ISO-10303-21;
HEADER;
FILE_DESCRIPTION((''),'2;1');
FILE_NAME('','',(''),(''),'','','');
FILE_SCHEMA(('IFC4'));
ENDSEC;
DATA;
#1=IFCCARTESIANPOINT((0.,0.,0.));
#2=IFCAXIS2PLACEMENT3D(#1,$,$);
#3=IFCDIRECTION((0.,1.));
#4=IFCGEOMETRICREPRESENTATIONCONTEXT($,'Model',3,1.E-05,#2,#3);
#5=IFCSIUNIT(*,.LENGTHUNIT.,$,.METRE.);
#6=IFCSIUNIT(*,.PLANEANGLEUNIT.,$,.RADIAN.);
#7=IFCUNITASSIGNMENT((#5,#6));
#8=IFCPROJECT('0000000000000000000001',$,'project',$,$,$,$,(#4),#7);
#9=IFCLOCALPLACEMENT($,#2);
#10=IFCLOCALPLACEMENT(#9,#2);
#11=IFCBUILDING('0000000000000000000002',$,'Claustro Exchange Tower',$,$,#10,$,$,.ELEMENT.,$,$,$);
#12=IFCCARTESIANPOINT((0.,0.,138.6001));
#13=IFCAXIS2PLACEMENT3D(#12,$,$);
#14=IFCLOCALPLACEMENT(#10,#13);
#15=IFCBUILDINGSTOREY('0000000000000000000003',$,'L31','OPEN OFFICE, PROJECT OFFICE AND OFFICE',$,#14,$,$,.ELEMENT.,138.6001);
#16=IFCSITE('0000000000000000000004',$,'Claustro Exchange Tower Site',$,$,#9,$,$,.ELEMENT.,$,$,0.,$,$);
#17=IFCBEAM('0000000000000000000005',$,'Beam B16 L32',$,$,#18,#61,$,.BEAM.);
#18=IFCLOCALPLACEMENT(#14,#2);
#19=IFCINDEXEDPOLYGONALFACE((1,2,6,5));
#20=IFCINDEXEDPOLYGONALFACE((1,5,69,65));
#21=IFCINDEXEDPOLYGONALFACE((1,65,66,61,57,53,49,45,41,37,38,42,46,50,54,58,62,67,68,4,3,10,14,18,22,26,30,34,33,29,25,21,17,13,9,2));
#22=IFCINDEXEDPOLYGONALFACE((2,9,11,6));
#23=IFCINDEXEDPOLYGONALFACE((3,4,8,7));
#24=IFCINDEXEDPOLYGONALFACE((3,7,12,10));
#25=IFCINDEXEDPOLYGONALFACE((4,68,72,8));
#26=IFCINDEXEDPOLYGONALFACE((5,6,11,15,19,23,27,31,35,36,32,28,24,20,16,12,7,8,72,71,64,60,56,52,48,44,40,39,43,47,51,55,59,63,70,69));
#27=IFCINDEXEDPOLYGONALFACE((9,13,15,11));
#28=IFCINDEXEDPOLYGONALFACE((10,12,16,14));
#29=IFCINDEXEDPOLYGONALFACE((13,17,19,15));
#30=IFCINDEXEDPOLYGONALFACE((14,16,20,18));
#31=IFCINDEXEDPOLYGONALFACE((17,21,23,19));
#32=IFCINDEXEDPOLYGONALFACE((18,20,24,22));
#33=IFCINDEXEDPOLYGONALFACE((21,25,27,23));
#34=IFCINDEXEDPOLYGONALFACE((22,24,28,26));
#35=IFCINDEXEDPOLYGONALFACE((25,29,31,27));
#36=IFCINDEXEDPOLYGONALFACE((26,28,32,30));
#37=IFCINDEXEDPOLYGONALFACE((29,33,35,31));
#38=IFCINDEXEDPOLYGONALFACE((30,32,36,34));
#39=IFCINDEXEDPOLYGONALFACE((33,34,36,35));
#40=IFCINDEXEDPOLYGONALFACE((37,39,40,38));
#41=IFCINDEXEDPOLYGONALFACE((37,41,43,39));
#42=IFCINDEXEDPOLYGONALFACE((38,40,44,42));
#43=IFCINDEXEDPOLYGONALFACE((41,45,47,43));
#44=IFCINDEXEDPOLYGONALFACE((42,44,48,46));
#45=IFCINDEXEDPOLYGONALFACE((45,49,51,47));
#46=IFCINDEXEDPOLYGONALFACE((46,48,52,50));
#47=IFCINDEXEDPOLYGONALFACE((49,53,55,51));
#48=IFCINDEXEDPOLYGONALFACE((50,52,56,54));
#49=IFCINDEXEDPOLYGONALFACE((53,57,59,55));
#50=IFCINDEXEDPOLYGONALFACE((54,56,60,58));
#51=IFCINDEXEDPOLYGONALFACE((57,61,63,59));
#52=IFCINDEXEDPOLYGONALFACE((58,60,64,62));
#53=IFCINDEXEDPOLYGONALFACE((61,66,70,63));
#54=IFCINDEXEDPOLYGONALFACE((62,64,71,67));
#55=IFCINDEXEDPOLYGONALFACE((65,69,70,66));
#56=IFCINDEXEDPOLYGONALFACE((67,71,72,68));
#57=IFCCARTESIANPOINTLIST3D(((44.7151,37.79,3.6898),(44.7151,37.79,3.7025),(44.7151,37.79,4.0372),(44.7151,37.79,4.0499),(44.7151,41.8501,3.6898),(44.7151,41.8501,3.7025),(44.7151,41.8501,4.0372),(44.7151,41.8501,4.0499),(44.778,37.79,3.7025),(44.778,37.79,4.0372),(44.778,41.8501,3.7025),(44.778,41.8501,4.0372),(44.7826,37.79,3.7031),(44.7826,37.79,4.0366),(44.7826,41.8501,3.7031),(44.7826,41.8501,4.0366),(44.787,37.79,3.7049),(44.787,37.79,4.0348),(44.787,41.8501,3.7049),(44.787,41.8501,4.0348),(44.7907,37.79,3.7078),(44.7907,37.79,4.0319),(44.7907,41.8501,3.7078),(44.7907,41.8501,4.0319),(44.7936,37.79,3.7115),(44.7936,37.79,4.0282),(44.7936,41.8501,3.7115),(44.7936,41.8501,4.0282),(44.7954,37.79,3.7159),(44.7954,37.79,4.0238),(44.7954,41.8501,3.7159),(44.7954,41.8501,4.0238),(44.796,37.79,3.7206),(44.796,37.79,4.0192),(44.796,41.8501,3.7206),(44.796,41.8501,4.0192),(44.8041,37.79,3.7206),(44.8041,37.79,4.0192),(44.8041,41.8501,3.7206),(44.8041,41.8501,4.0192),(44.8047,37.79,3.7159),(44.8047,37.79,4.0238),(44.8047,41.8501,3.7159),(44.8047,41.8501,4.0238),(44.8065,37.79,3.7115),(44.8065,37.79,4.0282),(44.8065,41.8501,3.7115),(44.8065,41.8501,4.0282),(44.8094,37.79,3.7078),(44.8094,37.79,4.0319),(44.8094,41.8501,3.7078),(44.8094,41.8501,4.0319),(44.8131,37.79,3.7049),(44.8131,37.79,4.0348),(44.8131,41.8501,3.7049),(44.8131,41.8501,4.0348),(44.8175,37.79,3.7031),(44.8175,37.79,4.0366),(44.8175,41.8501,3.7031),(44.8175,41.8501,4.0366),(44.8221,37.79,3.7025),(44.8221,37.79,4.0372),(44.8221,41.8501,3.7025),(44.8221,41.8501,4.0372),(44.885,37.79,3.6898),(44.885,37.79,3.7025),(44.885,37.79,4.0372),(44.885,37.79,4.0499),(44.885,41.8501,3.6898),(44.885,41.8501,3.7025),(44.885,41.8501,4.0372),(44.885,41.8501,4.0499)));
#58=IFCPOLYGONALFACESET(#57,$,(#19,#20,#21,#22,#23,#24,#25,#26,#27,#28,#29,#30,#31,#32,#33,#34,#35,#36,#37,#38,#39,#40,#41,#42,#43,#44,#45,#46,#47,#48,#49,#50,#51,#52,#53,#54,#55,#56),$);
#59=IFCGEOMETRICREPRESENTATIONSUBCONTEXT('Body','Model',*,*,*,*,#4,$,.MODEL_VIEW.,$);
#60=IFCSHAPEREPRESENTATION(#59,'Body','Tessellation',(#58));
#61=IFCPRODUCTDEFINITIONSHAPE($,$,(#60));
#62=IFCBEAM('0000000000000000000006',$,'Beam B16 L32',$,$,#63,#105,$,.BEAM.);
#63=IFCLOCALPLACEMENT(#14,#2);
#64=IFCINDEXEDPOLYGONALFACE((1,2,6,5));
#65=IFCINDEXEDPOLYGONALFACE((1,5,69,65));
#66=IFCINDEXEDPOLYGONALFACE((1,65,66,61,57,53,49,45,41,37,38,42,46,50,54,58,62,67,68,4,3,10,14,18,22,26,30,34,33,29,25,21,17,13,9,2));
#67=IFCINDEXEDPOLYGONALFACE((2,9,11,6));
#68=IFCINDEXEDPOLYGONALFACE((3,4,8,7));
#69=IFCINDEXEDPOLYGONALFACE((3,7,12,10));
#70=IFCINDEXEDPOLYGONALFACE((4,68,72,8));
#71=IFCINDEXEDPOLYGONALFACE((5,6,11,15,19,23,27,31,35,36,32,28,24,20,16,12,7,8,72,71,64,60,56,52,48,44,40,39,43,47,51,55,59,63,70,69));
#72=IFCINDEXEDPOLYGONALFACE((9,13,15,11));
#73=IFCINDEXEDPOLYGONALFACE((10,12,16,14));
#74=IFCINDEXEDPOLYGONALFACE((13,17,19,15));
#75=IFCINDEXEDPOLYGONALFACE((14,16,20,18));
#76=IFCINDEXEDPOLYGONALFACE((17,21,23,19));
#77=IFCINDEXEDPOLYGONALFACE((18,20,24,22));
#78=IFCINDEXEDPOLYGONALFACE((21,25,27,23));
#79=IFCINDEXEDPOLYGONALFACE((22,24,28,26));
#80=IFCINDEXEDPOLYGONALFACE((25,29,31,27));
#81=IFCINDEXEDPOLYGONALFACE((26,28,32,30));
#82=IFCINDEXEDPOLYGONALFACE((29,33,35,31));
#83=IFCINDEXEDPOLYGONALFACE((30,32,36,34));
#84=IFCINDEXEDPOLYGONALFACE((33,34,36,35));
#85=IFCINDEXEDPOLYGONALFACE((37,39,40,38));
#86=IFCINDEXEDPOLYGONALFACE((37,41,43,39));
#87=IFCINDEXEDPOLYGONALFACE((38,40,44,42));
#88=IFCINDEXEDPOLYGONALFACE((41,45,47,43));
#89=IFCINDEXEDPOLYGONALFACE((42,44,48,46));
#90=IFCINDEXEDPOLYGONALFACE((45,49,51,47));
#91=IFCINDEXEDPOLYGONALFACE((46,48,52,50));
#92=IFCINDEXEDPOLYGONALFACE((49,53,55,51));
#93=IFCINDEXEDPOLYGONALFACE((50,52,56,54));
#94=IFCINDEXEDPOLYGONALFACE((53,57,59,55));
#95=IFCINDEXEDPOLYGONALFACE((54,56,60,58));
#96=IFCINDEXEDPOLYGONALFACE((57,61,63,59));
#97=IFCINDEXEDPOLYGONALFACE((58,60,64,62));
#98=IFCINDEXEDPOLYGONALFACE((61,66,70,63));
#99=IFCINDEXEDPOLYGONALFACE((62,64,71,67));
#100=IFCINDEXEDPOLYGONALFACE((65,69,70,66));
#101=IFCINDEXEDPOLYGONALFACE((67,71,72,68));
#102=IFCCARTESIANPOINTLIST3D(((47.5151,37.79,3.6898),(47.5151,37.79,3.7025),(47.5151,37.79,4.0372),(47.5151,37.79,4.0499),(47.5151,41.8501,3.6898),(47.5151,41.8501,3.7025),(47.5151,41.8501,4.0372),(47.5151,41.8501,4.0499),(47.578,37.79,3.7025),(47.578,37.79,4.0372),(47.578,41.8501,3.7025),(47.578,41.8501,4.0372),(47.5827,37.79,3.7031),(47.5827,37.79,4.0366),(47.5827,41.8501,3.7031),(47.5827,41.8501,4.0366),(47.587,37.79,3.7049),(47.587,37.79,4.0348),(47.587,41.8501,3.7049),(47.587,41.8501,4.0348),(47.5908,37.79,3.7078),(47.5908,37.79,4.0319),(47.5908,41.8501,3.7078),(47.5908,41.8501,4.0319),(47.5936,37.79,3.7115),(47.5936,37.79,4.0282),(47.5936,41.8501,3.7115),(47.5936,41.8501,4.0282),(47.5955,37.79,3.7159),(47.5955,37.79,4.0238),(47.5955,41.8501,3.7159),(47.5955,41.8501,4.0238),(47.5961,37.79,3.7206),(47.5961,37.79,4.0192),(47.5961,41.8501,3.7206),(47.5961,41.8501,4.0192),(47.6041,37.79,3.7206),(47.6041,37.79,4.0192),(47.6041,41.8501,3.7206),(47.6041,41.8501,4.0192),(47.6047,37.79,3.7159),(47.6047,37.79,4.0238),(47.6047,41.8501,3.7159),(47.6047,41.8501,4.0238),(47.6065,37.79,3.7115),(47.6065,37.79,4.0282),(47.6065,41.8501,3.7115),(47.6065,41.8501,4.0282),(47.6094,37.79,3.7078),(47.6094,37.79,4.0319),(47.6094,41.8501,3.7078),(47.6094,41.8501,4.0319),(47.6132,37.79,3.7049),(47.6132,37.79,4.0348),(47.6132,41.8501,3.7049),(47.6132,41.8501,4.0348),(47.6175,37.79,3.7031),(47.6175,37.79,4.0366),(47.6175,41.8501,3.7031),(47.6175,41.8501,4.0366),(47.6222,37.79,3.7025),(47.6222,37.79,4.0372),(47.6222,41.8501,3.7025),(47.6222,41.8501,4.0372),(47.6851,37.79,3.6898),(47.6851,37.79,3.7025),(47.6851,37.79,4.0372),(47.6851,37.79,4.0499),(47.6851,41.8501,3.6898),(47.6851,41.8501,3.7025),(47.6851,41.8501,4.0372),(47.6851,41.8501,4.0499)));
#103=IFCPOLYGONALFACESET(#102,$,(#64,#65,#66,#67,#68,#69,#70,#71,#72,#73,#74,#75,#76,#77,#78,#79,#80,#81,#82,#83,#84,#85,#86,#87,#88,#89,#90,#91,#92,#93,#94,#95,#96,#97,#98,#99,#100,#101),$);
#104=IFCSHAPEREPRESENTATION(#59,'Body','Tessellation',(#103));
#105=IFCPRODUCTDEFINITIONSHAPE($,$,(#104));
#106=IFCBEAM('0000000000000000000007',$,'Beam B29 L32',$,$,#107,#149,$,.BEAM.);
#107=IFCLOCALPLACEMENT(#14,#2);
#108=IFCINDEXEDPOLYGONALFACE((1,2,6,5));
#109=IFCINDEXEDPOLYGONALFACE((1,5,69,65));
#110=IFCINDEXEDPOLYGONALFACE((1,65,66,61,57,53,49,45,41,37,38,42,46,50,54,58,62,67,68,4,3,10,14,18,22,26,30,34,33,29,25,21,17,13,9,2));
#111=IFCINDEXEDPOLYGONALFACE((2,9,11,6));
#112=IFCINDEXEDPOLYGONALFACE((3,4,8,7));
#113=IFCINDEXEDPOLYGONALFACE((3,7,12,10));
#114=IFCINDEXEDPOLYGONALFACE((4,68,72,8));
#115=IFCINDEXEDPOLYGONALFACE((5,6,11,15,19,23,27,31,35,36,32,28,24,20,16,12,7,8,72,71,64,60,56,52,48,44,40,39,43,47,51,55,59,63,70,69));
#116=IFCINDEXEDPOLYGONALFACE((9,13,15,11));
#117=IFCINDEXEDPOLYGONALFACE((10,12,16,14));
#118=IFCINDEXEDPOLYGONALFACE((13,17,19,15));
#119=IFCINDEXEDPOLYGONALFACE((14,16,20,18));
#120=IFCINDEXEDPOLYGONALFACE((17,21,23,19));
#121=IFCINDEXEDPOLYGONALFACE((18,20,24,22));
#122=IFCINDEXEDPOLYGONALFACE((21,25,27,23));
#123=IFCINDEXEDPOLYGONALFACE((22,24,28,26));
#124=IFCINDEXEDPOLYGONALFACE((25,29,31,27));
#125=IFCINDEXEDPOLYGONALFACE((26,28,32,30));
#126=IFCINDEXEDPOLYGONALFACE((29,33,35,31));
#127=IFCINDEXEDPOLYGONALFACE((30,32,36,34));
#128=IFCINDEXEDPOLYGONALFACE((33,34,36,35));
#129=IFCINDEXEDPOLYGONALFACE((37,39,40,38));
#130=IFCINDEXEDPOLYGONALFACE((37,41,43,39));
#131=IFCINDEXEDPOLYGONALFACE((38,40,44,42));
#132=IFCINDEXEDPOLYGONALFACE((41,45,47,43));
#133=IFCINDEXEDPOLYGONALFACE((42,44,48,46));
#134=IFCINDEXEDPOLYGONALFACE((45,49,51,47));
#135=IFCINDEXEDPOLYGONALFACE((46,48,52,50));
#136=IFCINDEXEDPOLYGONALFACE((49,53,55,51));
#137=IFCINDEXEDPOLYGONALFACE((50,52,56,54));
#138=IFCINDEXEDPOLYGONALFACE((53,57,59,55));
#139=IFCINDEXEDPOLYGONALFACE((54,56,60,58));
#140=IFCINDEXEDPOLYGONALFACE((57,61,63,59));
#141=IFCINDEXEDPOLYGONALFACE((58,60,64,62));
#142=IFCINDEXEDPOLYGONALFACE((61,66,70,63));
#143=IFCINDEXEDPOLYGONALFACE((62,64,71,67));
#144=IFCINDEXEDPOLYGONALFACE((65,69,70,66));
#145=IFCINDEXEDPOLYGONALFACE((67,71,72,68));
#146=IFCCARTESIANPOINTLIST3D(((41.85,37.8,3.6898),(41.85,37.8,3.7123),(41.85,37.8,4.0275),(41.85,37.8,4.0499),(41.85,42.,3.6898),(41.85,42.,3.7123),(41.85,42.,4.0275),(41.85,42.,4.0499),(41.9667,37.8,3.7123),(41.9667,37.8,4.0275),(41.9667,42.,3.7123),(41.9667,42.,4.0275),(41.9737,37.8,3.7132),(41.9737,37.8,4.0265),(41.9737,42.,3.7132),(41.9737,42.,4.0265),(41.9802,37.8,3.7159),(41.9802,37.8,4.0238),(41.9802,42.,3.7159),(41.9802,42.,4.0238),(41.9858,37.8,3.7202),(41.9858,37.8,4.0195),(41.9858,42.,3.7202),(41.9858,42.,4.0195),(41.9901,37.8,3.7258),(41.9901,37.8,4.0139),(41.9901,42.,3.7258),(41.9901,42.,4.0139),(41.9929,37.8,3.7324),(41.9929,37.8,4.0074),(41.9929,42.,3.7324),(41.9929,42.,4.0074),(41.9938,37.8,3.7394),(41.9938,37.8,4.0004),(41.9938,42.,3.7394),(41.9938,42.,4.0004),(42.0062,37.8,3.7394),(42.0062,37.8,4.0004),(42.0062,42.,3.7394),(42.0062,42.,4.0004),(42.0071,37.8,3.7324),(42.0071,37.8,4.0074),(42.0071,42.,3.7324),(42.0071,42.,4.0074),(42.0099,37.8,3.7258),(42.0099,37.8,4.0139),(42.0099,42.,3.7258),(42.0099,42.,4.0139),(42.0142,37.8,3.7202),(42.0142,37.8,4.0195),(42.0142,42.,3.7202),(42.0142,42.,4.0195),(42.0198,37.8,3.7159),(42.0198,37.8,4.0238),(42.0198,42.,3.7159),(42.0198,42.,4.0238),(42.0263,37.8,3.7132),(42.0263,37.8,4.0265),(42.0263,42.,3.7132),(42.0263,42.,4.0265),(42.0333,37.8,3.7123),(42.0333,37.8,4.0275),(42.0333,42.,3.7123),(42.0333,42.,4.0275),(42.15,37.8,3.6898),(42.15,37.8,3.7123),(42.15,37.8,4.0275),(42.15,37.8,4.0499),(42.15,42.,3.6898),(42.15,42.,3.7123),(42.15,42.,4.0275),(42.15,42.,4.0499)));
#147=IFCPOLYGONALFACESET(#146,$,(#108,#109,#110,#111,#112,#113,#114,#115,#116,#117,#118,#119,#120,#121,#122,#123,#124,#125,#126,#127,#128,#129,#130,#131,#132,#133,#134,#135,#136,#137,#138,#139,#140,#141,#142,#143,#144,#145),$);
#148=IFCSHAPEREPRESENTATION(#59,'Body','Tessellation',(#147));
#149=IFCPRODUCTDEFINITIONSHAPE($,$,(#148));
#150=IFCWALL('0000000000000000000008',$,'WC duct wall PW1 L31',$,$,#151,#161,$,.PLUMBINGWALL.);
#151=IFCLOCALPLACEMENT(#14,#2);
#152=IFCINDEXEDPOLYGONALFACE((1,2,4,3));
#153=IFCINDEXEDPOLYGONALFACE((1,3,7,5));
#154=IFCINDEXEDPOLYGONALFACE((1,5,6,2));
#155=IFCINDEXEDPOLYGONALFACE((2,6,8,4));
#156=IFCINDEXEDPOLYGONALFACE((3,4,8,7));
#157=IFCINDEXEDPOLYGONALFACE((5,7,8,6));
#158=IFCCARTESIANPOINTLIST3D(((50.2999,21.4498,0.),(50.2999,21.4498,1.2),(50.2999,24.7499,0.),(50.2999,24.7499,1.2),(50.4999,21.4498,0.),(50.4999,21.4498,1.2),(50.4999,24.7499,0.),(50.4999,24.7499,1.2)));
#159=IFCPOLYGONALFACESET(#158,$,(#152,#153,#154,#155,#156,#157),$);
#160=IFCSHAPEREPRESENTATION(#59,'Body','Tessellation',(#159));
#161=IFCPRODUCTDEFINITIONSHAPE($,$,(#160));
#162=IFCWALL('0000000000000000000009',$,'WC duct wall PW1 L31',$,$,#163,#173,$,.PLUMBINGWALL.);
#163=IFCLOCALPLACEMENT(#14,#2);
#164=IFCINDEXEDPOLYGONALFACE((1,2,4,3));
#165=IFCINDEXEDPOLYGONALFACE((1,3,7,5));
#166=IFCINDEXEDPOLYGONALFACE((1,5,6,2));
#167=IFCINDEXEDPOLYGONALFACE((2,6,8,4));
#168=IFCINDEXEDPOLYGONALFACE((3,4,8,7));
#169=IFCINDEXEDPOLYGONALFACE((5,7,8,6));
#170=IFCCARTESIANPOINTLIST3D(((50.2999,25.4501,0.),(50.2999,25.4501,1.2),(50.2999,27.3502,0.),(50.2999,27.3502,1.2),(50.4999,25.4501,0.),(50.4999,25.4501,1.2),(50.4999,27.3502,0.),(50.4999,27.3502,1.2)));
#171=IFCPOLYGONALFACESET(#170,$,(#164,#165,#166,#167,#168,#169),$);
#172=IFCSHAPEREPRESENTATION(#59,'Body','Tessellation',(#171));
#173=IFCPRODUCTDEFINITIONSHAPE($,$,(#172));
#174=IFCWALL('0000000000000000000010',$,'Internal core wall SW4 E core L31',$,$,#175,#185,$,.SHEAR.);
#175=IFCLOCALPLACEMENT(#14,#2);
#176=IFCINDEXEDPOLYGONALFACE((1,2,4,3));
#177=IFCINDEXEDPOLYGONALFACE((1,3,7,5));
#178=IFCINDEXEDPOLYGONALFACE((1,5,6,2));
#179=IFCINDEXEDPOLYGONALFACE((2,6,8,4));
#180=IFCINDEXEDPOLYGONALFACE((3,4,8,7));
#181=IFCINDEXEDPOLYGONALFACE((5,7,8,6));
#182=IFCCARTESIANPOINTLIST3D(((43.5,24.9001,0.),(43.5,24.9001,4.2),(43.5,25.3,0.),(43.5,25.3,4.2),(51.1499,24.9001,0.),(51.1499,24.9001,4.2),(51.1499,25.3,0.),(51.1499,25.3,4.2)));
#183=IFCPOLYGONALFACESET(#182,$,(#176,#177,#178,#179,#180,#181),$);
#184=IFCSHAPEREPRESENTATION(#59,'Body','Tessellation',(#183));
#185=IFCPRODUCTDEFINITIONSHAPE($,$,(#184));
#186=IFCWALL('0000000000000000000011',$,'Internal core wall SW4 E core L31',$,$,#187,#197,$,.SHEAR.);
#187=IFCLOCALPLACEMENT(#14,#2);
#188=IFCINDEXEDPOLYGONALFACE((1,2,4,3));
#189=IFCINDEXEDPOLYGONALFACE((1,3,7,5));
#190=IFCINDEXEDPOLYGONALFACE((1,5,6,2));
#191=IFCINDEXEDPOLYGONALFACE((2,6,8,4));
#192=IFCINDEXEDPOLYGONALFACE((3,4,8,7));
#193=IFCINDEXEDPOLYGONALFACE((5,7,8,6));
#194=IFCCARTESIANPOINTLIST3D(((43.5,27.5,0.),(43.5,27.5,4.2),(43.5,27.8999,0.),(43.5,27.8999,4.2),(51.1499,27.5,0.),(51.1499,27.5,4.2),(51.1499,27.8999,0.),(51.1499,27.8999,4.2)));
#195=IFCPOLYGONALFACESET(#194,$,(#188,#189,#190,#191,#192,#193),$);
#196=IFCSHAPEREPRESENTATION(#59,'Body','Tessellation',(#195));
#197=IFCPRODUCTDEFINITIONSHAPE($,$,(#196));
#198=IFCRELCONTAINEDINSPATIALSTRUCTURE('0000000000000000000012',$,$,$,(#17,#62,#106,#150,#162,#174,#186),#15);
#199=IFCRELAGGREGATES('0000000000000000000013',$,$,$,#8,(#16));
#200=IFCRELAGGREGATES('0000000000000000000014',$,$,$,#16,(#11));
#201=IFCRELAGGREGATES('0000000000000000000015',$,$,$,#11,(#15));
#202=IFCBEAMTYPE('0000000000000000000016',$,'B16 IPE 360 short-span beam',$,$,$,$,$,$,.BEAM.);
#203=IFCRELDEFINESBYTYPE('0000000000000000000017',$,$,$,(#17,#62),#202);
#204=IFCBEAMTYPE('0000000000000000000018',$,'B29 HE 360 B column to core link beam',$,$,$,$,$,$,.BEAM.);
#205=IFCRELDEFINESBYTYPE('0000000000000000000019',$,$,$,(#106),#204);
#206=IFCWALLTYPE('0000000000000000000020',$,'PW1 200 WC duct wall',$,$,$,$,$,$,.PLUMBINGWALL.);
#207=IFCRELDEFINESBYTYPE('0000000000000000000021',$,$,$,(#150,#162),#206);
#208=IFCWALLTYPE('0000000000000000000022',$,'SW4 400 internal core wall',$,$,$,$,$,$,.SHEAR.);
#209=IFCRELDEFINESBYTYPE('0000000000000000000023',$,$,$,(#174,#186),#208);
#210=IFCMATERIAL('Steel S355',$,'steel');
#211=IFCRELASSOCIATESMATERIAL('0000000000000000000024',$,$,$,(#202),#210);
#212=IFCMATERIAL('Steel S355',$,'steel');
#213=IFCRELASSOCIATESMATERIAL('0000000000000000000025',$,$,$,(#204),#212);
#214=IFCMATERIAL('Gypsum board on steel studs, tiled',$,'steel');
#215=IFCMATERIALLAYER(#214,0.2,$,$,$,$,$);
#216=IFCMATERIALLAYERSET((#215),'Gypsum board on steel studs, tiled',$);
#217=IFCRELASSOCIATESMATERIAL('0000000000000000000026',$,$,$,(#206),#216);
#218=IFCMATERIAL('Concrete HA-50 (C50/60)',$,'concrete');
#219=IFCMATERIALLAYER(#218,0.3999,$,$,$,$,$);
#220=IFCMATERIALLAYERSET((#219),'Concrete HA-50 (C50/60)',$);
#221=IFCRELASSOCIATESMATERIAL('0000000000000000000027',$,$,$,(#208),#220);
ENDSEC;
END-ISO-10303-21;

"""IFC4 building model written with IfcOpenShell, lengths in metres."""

from ifc_helpers import new_model, si_unit, direction, frame, frame_2d, origin, origin_2d, place, context, subcontext, project, spatial, rectangle, i_section, extrude, material, layer, layer_set, material_profile, profile_set, type_object, element, save


model = new_model("IFC4")

# Units and contexts
model_context = context("Model", 3, precision=1e-05, world=origin(), true_north=direction((0.0, 1.0)))
body_context = subcontext(model_context, "Body", "Model", "MODEL_VIEW")
ifc_project = project(units=[si_unit("LENGTHUNIT", "METRE"), si_unit("PLANEANGLEUNIT", "RADIAN")], contexts=[model_context])

# Site, building, storey
site_placement = place(None, origin())
site = spatial("IfcSite", under=ifc_project, at=site_placement, Name="Claustro Exchange Tower Site", CompositionType="ELEMENT", RefElevation=0.0)
building_placement = place(site_placement, origin())
building = spatial("IfcBuilding", under=site, at=building_placement, Name="Claustro Exchange Tower", CompositionType="ELEMENT")
storey_placement = place(building_placement, frame((0.0, 0.0, 138.6001)))
storey = spatial("IfcBuildingStorey", under=building, at=storey_placement, Name="L31", Description="OPEN OFFICE, PROJECT OFFICE AND OFFICE", CompositionType="ELEMENT", Elevation=138.6001)

# Beams
ifc_material_1 = material(Name="Steel S355", Category="steel")
ifc_material_profile_1 = material_profile(ifc_material_1, i_section(OverallWidth=0.1699, OverallDepth=0.3601, WebThickness=0.0081, FlangeThickness=0.0127, FilletRadius=0.0181, at=origin_2d()), Name="IPE 360")
ifc_profile_set_1 = profile_set([ifc_material_profile_1], Name="Steel S355")
beam_type_1 = type_object("IfcBeamType", Name="B16 IPE 360 short-span beam", PredefinedType="BEAM", material=ifc_profile_set_1)
for number, where, z_axis, x_axis, name in (
    (1, (44.8, 37.79, 3.8699), (0.0, 1.0, 0.0), (-1.0, 0.0, 0.0), "Beam B16 L32"),
    (2, (47.6001, 37.79, 3.8699), (0.0, 1.0, 0.0), (-1.0, 0.0, 0.0), "Beam B16 L32"),
):
    element("IfcBeam", number, at=place(storey_placement, frame(where, z_axis=z_axis, x_axis=x_axis)), inside=storey, type_object=beam_type_1, Name=name, PredefinedType="BEAM", context=body_context, shape_type="SweptSolid", body=[
        extrude(i_section(OverallWidth=0.1699, OverallDepth=0.3601, WebThickness=0.0081, FlangeThickness=0.0127, FilletRadius=0.0181, at=origin_2d()), origin(), (0.0, 0.0, 1.0), 4.0601),
    ])
ifc_material_2 = material(Name="Steel S355", Category="steel")
ifc_material_profile_2 = material_profile(ifc_material_2, i_section(OverallWidth=0.3, OverallDepth=0.3601, WebThickness=0.0125, FlangeThickness=0.0225, FilletRadius=0.0271, at=origin_2d()), Name="HE 360 B")
ifc_profile_set_2 = profile_set([ifc_material_profile_2], Name="Steel S355")
beam_type_2 = type_object("IfcBeamType", Name="B29 HE 360 B column to core link beam", PredefinedType="BEAM", material=ifc_profile_set_2)
beam_placement = place(storey_placement, frame((42.0, 37.8, 3.8699), z_axis=(0.0, 1.0, 0.0), x_axis=(-1.0, 0.0, 0.0)))
element("IfcBeam", 3, at=beam_placement, inside=storey, type_object=beam_type_2, Name="Beam B29 L32", PredefinedType="BEAM", context=body_context, shape_type="SweptSolid", body=[
    extrude(i_section(OverallWidth=0.3, OverallDepth=0.3601, WebThickness=0.0125, FlangeThickness=0.0225, FilletRadius=0.0271, at=origin_2d()), origin(), (0.0, 0.0, 1.0), 4.2),
])

# Walls
ifc_material_3 = material(Name="Gypsum board on steel studs, tiled", Category="steel")
ifc_layer_1 = layer(ifc_material_3, 0.2)
ifc_layer_set_1 = layer_set([ifc_layer_1], Name="Gypsum board on steel studs, tiled")
wall_type_1 = type_object("IfcWallType", Name="PW1 200 WC duct wall", PredefinedType="PLUMBINGWALL", material=ifc_layer_set_1)
wall_1_placement = place(storey_placement, frame((50.3999, 21.45, 0.0), z_axis=(0.0, 0.0, 1.0), x_axis=(0.0, 1.0, 0.0)))
element("IfcWall", 4, at=wall_1_placement, inside=storey, type_object=wall_type_1, Name="WC duct wall PW1 L31", PredefinedType="PLUMBINGWALL", context=body_context, shape_type="SweptSolid", body=[
    extrude(rectangle(XDim=3.3, YDim=0.2, at=frame_2d((1.6499, 0.0))), origin(), (0.0, 0.0, 1.0), 1.2),
])
wall_2_placement = place(storey_placement, frame((50.3999, 25.45, 0.0), z_axis=(0.0, 0.0, 1.0), x_axis=(0.0, 1.0, 0.0)))
element("IfcWall", 5, at=wall_2_placement, inside=storey, type_object=wall_type_1, Name="WC duct wall PW1 L31", PredefinedType="PLUMBINGWALL", context=body_context, shape_type="SweptSolid", body=[
    extrude(rectangle(XDim=1.9001, YDim=0.2, at=frame_2d((0.9502, 0.0))), origin(), (0.0, 0.0, 1.0), 1.2),
])
ifc_material_4 = material(Name="Concrete HA-50 (C50/60)", Category="concrete")
ifc_layer_2 = layer(ifc_material_4, 0.3999)
ifc_layer_set_2 = layer_set([ifc_layer_2], Name="Concrete HA-50 (C50/60)")
wall_type_2 = type_object("IfcWallType", Name="SW4 400 internal core wall", PredefinedType="SHEAR", material=ifc_layer_set_2)
for number, where, z_axis, x_axis, name in (
    (6, (51.1499, 25.1001, 0.0), (0.0, 0.0, 1.0), (-1.0, 0.0, 0.0), "Internal core wall SW4 E core L31"),
    (7, (51.1499, 27.7, 0.0), (0.0, 0.0, 1.0), (-1.0, 0.0, 0.0), "Internal core wall SW4 E core L31"),
):
    element("IfcWall", number, at=place(storey_placement, frame(where, z_axis=z_axis, x_axis=x_axis)), inside=storey, type_object=wall_type_2, Name=name, PredefinedType="SHEAR", context=body_context, shape_type="SweptSolid", body=[
        extrude(rectangle(XDim=7.6499, YDim=0.3999, at=frame_2d((3.825, 0.0))), origin(), (0.0, 0.0, 1.0), 4.2),
    ])

save(model, "model.ifc")
